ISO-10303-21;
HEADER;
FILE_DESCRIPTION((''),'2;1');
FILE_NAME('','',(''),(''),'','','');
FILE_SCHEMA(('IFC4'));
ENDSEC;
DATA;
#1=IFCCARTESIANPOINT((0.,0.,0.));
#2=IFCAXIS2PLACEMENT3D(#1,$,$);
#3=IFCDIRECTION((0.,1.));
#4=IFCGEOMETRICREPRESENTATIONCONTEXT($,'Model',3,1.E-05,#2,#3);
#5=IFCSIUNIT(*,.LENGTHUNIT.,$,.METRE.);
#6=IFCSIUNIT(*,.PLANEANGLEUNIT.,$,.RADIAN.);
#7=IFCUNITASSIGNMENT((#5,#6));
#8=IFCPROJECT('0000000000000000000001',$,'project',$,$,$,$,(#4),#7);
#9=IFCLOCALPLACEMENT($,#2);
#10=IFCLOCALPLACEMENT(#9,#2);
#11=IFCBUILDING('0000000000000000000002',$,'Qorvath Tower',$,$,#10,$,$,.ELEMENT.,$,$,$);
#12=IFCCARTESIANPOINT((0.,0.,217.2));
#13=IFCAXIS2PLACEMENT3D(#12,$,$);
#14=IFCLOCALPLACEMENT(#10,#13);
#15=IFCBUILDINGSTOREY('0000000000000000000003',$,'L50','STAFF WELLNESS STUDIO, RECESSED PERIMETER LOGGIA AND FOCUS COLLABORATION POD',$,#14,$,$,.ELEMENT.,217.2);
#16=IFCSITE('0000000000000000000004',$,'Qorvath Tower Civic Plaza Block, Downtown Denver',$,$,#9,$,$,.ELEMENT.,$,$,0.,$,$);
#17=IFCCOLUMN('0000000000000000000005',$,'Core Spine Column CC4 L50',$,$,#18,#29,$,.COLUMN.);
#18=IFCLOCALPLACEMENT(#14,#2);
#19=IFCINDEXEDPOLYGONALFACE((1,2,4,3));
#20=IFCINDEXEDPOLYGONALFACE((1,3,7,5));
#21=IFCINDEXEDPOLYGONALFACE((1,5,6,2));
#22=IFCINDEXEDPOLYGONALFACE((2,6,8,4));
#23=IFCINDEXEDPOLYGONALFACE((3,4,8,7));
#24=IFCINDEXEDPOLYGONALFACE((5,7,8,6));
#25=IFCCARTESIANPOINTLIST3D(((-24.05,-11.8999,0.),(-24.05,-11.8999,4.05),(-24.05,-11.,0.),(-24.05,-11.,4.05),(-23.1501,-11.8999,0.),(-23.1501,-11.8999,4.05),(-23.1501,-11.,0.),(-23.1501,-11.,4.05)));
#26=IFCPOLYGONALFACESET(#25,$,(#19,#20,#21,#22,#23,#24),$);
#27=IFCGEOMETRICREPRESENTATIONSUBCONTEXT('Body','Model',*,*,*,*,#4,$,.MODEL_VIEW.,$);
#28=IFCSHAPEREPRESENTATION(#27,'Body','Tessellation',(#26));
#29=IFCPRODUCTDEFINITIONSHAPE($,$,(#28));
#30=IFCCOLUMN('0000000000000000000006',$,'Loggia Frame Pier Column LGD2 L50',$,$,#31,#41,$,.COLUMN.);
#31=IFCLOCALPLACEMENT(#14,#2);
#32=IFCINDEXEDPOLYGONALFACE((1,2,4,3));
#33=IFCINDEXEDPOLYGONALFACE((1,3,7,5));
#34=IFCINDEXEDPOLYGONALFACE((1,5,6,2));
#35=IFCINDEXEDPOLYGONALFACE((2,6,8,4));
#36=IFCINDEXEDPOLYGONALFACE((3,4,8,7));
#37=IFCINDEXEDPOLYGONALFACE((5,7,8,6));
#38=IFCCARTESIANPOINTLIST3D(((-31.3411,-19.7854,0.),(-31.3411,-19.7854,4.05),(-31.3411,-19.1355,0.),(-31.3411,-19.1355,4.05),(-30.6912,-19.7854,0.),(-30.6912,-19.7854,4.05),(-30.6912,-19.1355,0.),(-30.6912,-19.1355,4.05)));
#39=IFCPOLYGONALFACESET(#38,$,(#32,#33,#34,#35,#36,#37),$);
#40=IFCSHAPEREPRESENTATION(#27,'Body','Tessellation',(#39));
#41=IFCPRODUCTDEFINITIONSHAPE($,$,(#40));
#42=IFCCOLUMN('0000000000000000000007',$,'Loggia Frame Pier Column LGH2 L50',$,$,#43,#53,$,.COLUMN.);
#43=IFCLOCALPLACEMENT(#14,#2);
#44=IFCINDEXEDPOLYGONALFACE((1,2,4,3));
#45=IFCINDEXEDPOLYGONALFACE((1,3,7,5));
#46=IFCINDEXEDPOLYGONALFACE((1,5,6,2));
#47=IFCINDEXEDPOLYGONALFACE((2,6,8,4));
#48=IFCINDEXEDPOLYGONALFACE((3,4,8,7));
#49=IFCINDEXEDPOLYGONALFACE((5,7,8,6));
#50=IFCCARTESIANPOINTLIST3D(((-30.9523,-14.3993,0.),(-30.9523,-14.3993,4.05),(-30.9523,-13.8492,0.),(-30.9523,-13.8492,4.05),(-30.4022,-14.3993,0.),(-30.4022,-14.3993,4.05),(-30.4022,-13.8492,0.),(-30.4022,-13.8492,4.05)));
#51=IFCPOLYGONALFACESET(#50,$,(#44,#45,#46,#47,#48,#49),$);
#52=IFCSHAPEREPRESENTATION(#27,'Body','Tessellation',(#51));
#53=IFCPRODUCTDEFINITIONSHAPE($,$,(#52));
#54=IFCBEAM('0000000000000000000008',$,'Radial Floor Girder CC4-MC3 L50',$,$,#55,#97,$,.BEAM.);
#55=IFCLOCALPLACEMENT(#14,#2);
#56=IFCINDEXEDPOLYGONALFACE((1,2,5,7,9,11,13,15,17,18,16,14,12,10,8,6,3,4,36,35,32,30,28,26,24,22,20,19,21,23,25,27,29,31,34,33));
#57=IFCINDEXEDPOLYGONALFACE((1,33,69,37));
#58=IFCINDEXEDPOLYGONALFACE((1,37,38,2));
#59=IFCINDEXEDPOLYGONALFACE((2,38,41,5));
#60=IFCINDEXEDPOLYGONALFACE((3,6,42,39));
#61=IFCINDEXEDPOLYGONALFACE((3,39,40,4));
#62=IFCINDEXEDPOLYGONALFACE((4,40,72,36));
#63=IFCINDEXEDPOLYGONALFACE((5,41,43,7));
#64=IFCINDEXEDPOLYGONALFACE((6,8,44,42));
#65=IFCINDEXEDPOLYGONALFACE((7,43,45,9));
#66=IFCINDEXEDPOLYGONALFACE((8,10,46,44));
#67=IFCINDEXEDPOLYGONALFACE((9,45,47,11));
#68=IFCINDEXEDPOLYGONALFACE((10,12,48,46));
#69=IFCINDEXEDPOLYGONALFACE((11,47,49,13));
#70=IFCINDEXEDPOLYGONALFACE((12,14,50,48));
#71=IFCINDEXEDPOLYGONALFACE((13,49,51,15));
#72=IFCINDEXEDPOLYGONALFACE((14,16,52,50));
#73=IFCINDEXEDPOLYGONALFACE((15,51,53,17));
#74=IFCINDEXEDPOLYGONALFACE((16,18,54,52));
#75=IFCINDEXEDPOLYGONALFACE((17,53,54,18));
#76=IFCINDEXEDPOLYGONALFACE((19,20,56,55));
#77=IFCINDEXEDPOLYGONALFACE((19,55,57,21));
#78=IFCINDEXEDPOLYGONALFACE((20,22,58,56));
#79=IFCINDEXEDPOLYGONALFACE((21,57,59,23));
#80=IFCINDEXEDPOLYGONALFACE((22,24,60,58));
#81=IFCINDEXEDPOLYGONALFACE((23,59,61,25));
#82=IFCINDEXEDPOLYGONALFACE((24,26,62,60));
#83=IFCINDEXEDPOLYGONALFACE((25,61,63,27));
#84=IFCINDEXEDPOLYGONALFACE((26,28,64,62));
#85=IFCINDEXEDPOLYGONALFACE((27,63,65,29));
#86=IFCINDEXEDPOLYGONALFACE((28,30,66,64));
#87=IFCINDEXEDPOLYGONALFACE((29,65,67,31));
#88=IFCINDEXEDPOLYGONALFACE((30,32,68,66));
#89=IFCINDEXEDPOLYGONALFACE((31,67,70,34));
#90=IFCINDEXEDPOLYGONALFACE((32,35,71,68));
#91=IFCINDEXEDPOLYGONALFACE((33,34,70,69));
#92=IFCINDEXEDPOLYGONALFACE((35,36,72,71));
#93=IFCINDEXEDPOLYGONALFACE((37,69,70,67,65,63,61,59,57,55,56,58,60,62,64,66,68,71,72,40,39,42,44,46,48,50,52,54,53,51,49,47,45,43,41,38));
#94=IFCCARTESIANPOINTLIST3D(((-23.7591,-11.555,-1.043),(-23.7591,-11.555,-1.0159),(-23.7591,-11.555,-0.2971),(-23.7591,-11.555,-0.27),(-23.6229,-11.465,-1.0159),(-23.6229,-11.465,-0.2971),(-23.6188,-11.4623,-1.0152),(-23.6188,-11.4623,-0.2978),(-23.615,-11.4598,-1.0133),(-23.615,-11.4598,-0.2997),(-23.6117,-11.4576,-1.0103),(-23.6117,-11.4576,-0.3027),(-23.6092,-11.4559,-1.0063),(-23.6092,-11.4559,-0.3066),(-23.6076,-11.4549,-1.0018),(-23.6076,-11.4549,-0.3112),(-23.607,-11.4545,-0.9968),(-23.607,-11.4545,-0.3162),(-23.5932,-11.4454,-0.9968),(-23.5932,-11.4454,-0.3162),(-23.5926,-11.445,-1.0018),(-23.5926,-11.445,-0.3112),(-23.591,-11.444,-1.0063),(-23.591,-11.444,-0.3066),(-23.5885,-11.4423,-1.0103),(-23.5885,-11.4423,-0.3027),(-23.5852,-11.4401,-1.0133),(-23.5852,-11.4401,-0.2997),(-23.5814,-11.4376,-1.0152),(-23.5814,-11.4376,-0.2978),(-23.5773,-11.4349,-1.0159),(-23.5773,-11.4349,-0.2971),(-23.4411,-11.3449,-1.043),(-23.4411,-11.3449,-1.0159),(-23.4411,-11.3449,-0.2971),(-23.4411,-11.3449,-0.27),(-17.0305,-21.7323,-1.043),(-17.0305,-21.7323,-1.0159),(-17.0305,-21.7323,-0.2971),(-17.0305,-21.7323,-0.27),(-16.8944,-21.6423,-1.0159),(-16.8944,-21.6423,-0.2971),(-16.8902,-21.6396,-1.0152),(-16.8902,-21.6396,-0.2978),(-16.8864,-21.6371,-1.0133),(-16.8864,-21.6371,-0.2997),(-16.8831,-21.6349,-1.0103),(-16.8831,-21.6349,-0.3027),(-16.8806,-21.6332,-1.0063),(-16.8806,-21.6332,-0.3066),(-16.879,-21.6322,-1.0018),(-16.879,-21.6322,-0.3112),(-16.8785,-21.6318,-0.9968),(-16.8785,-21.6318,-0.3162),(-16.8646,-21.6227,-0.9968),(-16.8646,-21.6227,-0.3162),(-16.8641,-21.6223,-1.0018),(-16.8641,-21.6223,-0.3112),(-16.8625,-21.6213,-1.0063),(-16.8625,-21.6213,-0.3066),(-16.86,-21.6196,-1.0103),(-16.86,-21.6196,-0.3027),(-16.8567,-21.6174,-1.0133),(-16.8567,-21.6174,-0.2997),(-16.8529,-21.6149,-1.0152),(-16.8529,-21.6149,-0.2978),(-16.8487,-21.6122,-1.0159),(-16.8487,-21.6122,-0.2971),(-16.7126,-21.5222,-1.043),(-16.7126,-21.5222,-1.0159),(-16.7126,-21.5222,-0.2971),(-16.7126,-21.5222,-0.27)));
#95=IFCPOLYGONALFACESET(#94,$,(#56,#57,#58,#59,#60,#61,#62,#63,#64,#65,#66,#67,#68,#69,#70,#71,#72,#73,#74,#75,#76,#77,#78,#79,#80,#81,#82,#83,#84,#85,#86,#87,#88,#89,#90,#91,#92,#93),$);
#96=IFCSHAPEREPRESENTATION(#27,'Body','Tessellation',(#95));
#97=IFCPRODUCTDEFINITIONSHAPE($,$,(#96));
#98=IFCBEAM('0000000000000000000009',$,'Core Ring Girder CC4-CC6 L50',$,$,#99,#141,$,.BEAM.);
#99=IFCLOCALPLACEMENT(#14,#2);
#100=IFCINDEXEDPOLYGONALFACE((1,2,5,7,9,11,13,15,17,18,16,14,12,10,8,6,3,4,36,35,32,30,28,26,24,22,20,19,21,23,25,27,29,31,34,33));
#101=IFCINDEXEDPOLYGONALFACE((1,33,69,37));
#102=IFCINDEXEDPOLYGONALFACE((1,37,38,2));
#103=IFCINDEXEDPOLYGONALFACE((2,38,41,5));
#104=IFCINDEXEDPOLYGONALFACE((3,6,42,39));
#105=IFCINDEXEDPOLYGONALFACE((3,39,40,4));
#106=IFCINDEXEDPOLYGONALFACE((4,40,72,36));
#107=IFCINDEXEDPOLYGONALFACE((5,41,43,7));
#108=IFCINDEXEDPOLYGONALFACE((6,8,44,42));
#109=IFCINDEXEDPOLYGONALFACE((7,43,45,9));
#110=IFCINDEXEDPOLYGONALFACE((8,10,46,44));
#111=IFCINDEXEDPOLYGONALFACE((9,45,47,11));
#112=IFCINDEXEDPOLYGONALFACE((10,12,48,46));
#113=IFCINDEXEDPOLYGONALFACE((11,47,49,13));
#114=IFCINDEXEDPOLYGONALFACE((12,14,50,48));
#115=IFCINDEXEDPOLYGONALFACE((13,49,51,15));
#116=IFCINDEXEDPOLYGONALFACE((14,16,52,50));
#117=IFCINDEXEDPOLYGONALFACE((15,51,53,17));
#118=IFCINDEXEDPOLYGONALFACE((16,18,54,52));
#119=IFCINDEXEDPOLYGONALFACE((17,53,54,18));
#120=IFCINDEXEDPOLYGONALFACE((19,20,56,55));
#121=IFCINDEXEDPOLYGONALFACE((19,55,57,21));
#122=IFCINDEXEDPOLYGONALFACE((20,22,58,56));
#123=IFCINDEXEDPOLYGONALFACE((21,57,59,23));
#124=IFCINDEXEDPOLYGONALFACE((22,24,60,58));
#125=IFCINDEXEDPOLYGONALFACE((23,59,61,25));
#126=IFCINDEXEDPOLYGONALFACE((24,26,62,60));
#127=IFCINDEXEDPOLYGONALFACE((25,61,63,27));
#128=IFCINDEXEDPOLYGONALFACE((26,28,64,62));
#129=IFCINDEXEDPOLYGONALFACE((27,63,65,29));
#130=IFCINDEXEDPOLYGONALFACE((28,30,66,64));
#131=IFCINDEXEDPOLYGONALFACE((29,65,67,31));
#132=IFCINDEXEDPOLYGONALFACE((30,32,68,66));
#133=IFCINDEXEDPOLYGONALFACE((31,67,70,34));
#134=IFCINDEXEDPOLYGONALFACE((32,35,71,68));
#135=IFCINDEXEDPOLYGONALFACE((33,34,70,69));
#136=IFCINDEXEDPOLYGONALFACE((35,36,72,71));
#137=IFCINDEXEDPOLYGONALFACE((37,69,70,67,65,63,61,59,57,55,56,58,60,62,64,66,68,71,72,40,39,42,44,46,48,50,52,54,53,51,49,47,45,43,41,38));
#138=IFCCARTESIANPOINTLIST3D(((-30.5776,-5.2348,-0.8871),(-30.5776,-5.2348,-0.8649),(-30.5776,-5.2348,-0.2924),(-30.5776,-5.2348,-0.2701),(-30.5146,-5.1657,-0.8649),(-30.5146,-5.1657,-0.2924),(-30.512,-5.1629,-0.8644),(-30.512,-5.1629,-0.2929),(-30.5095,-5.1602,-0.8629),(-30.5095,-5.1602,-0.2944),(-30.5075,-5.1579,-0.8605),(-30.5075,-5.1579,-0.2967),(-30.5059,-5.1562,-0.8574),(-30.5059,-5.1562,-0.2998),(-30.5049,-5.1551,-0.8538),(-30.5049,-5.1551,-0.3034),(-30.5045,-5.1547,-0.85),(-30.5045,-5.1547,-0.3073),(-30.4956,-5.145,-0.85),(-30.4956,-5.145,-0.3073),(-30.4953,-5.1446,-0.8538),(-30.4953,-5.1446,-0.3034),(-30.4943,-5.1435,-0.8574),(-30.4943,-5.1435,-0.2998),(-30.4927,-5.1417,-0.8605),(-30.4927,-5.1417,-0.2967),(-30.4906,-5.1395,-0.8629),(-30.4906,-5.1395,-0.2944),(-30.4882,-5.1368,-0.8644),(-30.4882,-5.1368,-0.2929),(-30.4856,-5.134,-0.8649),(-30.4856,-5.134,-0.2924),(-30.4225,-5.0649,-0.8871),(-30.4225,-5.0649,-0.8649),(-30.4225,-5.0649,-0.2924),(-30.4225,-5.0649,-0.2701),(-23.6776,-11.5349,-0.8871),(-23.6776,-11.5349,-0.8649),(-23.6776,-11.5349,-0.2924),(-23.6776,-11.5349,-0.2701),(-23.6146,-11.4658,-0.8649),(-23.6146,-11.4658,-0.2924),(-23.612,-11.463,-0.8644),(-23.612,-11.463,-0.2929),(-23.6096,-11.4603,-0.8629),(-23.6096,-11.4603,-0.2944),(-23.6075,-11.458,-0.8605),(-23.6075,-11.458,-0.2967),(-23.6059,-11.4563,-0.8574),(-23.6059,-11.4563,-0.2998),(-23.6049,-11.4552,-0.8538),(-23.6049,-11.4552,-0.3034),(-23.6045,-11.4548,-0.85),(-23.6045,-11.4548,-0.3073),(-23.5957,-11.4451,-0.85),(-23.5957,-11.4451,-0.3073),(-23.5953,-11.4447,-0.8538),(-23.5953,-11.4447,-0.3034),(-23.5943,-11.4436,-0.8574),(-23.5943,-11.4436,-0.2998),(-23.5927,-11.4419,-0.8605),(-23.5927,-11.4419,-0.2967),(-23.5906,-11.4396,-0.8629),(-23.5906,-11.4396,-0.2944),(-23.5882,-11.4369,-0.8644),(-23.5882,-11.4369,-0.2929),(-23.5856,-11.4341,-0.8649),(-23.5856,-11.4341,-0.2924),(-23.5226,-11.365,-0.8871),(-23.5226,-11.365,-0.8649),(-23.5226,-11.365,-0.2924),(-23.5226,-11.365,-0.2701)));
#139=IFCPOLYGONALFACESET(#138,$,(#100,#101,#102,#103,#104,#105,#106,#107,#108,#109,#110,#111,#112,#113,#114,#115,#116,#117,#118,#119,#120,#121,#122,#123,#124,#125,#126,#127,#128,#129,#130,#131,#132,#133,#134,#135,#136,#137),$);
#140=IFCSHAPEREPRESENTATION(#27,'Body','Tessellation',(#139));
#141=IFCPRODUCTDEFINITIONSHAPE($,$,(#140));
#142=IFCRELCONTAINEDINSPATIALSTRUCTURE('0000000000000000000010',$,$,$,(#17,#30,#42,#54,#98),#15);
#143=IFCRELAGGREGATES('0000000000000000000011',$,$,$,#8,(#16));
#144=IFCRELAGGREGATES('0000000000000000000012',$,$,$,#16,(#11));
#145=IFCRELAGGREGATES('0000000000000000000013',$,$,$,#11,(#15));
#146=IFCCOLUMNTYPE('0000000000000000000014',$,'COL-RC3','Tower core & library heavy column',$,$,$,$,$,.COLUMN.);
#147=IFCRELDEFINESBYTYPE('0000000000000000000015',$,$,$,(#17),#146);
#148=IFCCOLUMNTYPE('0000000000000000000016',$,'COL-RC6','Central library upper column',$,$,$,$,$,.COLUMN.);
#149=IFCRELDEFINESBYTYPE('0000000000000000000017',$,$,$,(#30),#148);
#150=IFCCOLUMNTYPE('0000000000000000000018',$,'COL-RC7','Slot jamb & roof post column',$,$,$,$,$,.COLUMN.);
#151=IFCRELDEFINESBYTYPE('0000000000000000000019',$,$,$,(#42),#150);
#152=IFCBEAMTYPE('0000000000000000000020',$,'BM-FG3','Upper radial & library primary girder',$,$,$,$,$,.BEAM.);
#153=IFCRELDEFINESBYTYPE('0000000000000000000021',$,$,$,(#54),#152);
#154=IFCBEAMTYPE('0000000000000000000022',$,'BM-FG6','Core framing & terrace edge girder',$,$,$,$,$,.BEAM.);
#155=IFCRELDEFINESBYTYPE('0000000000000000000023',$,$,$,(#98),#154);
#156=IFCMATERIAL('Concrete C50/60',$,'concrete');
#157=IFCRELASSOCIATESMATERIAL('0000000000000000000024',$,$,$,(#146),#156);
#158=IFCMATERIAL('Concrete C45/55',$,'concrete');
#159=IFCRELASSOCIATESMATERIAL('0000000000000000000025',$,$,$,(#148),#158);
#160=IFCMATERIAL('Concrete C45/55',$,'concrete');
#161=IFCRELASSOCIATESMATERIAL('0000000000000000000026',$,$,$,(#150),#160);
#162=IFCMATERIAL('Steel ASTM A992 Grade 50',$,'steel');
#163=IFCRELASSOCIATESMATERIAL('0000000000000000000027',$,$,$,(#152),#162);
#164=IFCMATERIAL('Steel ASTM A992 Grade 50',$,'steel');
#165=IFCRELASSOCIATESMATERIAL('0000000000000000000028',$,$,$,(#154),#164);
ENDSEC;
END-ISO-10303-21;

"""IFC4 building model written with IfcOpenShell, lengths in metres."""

from ifc_helpers import new_model, si_unit, direction, frame, origin, origin_2d, place, context, subcontext, project, spatial, rectangle, i_section, extrude, material, material_profile, profile_set, type_object, element, save


model = new_model("IFC4")

# Units and contexts
model_context = context("Model", 3, precision=1e-05, world=origin(), true_north=direction((0.0, 1.0)))
body_context = subcontext(model_context, "Body", "Model", "MODEL_VIEW")
ifc_project = project(units=[si_unit("LENGTHUNIT", "METRE"), si_unit("PLANEANGLEUNIT", "RADIAN")], contexts=[model_context])

# Site, building, storey
site_placement = place(None, origin())
site = spatial("IfcSite", under=ifc_project, at=site_placement, Name="Qorvath Tower Civic Plaza Block, Downtown Denver", CompositionType="ELEMENT", RefElevation=0.0)
building_placement = place(site_placement, origin())
building = spatial("IfcBuilding", under=site, at=building_placement, Name="Qorvath Tower", CompositionType="ELEMENT")
storey_placement = place(building_placement, frame((0.0, 0.0, 217.2)))
storey = spatial("IfcBuildingStorey", under=building, at=storey_placement, Name="L50", Description="STAFF WELLNESS STUDIO, RECESSED PERIMETER LOGGIA AND FOCUS COLLABORATION POD", CompositionType="ELEMENT", Elevation=217.2)

# Columns
ifc_material_1 = material(Name="Concrete C50/60", Category="concrete")
ifc_material_profile_1 = material_profile(ifc_material_1, rectangle(XDim=0.8999, YDim=0.8999, at=origin_2d()), Name="RC 900x900")
ifc_profile_set_1 = profile_set([ifc_material_profile_1], Name="Concrete C50/60")
column_type_1 = type_object("IfcColumnType", Name="COL-RC3", Description="Tower core & library heavy column", PredefinedType="COLUMN", material=ifc_profile_set_1)
column_1_placement = place(storey_placement, frame((-23.6001, -11.45, 0.0), z_axis=(0.0, 0.0, 1.0), x_axis=(1.0, 0.0, 0.0)))
element("IfcColumn", 1, at=column_1_placement, inside=storey, type_object=column_type_1, Name="Core Spine Column CC4 L50", PredefinedType="COLUMN", context=body_context, shape_type="SweptSolid", body=[
    extrude(rectangle(XDim=0.8999, YDim=0.8999, at=origin_2d()), origin(), (0.0, 0.0, 1.0), 4.05),
])
ifc_material_2 = material(Name="Concrete C45/55", Category="concrete")
ifc_material_profile_2 = material_profile(ifc_material_2, rectangle(XDim=0.6499, YDim=0.6499, at=origin_2d()), Name="RC 650x650")
ifc_profile_set_2 = profile_set([ifc_material_profile_2], Name="Concrete C45/55")
column_type_2 = type_object("IfcColumnType", Name="COL-RC6", Description="Central library upper column", PredefinedType="COLUMN", material=ifc_profile_set_2)
column_2_placement = place(storey_placement, frame((-31.0161, -19.4604, 0.0), z_axis=(0.0, 0.0, 1.0), x_axis=(1.0, 0.0, 0.0)))
element("IfcColumn", 2, at=column_2_placement, inside=storey, type_object=column_type_2, Name="Loggia Frame Pier Column LGD2 L50", PredefinedType="COLUMN", context=body_context, shape_type="SweptSolid", body=[
    extrude(rectangle(XDim=0.6499, YDim=0.6499, at=origin_2d()), origin(), (0.0, 0.0, 1.0), 4.05),
])
ifc_material_3 = material(Name="Concrete C45/55", Category="concrete")
ifc_material_profile_3 = material_profile(ifc_material_3, rectangle(XDim=0.55, YDim=0.55, at=origin_2d()), Name="RC 550x550")
ifc_profile_set_3 = profile_set([ifc_material_profile_3], Name="Concrete C45/55")
column_type_3 = type_object("IfcColumnType", Name="COL-RC7", Description="Slot jamb & roof post column", PredefinedType="COLUMN", material=ifc_profile_set_3)
column_3_placement = place(storey_placement, frame((-30.6772, -14.1243, 0.0), z_axis=(0.0, 0.0, 1.0), x_axis=(1.0, 0.0, 0.0)))
element("IfcColumn", 3, at=column_3_placement, inside=storey, type_object=column_type_3, Name="Loggia Frame Pier Column LGH2 L50", PredefinedType="COLUMN", context=body_context, shape_type="SweptSolid", body=[
    extrude(rectangle(XDim=0.55, YDim=0.55, at=origin_2d()), origin(), (0.0, 0.0, 1.0), 4.05),
])

# Beams
ifc_material_4 = material(Name="Steel ASTM A992 Grade 50", Category="steel")
ifc_material_profile_4 = material_profile(ifc_material_4, i_section(OverallWidth=0.3811, OverallDepth=0.7729, WebThickness=0.0166, FlangeThickness=0.0271, FilletRadius=0.019, at=origin_2d()), Name="W30x173")
ifc_profile_set_4 = profile_set([ifc_material_profile_4], Name="Steel ASTM A992 Grade 50")
beam_type_1 = type_object("IfcBeamType", Name="BM-FG3", Description="Upper radial & library primary girder", PredefinedType="BEAM", material=ifc_profile_set_4)
beam_1_placement = place(storey_placement, frame((-23.6001, -11.45, -0.6565), z_axis=(0.551501, -0.834175, 0.0), x_axis=(0.834175, 0.551501, 0.0)))
element("IfcBeam", 4, at=beam_1_placement, inside=storey, type_object=beam_type_1, Name="Radial Floor Girder CC4-MC3 L50", PredefinedType="BEAM", context=body_context, shape_type="SweptSolid", body=[
    extrude(i_section(OverallWidth=0.3811, OverallDepth=0.7729, WebThickness=0.0166, FlangeThickness=0.0271, FilletRadius=0.019, at=origin_2d()), origin(), (0.0, 0.0, 1.0), 12.2004),
])
ifc_material_5 = material(Name="Steel ASTM A992 Grade 50", Category="steel")
ifc_material_profile_5 = material_profile(ifc_material_5, i_section(OverallWidth=0.23, OverallDepth=0.6169, WebThickness=0.0132, FlangeThickness=0.0222, FilletRadius=0.0149, at=origin_2d()), Name="W24x94")
ifc_profile_set_5 = profile_set([ifc_material_profile_5], Name="Steel ASTM A992 Grade 50")
beam_type_2 = type_object("IfcBeamType", Name="BM-FG6", Description="Core framing & terrace edge girder", PredefinedType="BEAM", material=ifc_profile_set_5)
beam_2_placement = place(storey_placement, frame((-23.6001, -11.45, -0.5786), z_axis=(-0.738478, 0.674277, 0.0), x_axis=(-0.674277, -0.738478, 0.0)))
element("IfcBeam", 5, at=beam_2_placement, inside=storey, type_object=beam_type_2, Name="Core Ring Girder CC4-CC6 L50", PredefinedType="BEAM", context=body_context, shape_type="SweptSolid", body=[
    extrude(i_section(OverallWidth=0.23, OverallDepth=0.6169, WebThickness=0.0132, FlangeThickness=0.0222, FilletRadius=0.0149, at=origin_2d()), origin(), (0.0, 0.0, 1.0), 9.3435),
])

save(model, "model.ifc")
